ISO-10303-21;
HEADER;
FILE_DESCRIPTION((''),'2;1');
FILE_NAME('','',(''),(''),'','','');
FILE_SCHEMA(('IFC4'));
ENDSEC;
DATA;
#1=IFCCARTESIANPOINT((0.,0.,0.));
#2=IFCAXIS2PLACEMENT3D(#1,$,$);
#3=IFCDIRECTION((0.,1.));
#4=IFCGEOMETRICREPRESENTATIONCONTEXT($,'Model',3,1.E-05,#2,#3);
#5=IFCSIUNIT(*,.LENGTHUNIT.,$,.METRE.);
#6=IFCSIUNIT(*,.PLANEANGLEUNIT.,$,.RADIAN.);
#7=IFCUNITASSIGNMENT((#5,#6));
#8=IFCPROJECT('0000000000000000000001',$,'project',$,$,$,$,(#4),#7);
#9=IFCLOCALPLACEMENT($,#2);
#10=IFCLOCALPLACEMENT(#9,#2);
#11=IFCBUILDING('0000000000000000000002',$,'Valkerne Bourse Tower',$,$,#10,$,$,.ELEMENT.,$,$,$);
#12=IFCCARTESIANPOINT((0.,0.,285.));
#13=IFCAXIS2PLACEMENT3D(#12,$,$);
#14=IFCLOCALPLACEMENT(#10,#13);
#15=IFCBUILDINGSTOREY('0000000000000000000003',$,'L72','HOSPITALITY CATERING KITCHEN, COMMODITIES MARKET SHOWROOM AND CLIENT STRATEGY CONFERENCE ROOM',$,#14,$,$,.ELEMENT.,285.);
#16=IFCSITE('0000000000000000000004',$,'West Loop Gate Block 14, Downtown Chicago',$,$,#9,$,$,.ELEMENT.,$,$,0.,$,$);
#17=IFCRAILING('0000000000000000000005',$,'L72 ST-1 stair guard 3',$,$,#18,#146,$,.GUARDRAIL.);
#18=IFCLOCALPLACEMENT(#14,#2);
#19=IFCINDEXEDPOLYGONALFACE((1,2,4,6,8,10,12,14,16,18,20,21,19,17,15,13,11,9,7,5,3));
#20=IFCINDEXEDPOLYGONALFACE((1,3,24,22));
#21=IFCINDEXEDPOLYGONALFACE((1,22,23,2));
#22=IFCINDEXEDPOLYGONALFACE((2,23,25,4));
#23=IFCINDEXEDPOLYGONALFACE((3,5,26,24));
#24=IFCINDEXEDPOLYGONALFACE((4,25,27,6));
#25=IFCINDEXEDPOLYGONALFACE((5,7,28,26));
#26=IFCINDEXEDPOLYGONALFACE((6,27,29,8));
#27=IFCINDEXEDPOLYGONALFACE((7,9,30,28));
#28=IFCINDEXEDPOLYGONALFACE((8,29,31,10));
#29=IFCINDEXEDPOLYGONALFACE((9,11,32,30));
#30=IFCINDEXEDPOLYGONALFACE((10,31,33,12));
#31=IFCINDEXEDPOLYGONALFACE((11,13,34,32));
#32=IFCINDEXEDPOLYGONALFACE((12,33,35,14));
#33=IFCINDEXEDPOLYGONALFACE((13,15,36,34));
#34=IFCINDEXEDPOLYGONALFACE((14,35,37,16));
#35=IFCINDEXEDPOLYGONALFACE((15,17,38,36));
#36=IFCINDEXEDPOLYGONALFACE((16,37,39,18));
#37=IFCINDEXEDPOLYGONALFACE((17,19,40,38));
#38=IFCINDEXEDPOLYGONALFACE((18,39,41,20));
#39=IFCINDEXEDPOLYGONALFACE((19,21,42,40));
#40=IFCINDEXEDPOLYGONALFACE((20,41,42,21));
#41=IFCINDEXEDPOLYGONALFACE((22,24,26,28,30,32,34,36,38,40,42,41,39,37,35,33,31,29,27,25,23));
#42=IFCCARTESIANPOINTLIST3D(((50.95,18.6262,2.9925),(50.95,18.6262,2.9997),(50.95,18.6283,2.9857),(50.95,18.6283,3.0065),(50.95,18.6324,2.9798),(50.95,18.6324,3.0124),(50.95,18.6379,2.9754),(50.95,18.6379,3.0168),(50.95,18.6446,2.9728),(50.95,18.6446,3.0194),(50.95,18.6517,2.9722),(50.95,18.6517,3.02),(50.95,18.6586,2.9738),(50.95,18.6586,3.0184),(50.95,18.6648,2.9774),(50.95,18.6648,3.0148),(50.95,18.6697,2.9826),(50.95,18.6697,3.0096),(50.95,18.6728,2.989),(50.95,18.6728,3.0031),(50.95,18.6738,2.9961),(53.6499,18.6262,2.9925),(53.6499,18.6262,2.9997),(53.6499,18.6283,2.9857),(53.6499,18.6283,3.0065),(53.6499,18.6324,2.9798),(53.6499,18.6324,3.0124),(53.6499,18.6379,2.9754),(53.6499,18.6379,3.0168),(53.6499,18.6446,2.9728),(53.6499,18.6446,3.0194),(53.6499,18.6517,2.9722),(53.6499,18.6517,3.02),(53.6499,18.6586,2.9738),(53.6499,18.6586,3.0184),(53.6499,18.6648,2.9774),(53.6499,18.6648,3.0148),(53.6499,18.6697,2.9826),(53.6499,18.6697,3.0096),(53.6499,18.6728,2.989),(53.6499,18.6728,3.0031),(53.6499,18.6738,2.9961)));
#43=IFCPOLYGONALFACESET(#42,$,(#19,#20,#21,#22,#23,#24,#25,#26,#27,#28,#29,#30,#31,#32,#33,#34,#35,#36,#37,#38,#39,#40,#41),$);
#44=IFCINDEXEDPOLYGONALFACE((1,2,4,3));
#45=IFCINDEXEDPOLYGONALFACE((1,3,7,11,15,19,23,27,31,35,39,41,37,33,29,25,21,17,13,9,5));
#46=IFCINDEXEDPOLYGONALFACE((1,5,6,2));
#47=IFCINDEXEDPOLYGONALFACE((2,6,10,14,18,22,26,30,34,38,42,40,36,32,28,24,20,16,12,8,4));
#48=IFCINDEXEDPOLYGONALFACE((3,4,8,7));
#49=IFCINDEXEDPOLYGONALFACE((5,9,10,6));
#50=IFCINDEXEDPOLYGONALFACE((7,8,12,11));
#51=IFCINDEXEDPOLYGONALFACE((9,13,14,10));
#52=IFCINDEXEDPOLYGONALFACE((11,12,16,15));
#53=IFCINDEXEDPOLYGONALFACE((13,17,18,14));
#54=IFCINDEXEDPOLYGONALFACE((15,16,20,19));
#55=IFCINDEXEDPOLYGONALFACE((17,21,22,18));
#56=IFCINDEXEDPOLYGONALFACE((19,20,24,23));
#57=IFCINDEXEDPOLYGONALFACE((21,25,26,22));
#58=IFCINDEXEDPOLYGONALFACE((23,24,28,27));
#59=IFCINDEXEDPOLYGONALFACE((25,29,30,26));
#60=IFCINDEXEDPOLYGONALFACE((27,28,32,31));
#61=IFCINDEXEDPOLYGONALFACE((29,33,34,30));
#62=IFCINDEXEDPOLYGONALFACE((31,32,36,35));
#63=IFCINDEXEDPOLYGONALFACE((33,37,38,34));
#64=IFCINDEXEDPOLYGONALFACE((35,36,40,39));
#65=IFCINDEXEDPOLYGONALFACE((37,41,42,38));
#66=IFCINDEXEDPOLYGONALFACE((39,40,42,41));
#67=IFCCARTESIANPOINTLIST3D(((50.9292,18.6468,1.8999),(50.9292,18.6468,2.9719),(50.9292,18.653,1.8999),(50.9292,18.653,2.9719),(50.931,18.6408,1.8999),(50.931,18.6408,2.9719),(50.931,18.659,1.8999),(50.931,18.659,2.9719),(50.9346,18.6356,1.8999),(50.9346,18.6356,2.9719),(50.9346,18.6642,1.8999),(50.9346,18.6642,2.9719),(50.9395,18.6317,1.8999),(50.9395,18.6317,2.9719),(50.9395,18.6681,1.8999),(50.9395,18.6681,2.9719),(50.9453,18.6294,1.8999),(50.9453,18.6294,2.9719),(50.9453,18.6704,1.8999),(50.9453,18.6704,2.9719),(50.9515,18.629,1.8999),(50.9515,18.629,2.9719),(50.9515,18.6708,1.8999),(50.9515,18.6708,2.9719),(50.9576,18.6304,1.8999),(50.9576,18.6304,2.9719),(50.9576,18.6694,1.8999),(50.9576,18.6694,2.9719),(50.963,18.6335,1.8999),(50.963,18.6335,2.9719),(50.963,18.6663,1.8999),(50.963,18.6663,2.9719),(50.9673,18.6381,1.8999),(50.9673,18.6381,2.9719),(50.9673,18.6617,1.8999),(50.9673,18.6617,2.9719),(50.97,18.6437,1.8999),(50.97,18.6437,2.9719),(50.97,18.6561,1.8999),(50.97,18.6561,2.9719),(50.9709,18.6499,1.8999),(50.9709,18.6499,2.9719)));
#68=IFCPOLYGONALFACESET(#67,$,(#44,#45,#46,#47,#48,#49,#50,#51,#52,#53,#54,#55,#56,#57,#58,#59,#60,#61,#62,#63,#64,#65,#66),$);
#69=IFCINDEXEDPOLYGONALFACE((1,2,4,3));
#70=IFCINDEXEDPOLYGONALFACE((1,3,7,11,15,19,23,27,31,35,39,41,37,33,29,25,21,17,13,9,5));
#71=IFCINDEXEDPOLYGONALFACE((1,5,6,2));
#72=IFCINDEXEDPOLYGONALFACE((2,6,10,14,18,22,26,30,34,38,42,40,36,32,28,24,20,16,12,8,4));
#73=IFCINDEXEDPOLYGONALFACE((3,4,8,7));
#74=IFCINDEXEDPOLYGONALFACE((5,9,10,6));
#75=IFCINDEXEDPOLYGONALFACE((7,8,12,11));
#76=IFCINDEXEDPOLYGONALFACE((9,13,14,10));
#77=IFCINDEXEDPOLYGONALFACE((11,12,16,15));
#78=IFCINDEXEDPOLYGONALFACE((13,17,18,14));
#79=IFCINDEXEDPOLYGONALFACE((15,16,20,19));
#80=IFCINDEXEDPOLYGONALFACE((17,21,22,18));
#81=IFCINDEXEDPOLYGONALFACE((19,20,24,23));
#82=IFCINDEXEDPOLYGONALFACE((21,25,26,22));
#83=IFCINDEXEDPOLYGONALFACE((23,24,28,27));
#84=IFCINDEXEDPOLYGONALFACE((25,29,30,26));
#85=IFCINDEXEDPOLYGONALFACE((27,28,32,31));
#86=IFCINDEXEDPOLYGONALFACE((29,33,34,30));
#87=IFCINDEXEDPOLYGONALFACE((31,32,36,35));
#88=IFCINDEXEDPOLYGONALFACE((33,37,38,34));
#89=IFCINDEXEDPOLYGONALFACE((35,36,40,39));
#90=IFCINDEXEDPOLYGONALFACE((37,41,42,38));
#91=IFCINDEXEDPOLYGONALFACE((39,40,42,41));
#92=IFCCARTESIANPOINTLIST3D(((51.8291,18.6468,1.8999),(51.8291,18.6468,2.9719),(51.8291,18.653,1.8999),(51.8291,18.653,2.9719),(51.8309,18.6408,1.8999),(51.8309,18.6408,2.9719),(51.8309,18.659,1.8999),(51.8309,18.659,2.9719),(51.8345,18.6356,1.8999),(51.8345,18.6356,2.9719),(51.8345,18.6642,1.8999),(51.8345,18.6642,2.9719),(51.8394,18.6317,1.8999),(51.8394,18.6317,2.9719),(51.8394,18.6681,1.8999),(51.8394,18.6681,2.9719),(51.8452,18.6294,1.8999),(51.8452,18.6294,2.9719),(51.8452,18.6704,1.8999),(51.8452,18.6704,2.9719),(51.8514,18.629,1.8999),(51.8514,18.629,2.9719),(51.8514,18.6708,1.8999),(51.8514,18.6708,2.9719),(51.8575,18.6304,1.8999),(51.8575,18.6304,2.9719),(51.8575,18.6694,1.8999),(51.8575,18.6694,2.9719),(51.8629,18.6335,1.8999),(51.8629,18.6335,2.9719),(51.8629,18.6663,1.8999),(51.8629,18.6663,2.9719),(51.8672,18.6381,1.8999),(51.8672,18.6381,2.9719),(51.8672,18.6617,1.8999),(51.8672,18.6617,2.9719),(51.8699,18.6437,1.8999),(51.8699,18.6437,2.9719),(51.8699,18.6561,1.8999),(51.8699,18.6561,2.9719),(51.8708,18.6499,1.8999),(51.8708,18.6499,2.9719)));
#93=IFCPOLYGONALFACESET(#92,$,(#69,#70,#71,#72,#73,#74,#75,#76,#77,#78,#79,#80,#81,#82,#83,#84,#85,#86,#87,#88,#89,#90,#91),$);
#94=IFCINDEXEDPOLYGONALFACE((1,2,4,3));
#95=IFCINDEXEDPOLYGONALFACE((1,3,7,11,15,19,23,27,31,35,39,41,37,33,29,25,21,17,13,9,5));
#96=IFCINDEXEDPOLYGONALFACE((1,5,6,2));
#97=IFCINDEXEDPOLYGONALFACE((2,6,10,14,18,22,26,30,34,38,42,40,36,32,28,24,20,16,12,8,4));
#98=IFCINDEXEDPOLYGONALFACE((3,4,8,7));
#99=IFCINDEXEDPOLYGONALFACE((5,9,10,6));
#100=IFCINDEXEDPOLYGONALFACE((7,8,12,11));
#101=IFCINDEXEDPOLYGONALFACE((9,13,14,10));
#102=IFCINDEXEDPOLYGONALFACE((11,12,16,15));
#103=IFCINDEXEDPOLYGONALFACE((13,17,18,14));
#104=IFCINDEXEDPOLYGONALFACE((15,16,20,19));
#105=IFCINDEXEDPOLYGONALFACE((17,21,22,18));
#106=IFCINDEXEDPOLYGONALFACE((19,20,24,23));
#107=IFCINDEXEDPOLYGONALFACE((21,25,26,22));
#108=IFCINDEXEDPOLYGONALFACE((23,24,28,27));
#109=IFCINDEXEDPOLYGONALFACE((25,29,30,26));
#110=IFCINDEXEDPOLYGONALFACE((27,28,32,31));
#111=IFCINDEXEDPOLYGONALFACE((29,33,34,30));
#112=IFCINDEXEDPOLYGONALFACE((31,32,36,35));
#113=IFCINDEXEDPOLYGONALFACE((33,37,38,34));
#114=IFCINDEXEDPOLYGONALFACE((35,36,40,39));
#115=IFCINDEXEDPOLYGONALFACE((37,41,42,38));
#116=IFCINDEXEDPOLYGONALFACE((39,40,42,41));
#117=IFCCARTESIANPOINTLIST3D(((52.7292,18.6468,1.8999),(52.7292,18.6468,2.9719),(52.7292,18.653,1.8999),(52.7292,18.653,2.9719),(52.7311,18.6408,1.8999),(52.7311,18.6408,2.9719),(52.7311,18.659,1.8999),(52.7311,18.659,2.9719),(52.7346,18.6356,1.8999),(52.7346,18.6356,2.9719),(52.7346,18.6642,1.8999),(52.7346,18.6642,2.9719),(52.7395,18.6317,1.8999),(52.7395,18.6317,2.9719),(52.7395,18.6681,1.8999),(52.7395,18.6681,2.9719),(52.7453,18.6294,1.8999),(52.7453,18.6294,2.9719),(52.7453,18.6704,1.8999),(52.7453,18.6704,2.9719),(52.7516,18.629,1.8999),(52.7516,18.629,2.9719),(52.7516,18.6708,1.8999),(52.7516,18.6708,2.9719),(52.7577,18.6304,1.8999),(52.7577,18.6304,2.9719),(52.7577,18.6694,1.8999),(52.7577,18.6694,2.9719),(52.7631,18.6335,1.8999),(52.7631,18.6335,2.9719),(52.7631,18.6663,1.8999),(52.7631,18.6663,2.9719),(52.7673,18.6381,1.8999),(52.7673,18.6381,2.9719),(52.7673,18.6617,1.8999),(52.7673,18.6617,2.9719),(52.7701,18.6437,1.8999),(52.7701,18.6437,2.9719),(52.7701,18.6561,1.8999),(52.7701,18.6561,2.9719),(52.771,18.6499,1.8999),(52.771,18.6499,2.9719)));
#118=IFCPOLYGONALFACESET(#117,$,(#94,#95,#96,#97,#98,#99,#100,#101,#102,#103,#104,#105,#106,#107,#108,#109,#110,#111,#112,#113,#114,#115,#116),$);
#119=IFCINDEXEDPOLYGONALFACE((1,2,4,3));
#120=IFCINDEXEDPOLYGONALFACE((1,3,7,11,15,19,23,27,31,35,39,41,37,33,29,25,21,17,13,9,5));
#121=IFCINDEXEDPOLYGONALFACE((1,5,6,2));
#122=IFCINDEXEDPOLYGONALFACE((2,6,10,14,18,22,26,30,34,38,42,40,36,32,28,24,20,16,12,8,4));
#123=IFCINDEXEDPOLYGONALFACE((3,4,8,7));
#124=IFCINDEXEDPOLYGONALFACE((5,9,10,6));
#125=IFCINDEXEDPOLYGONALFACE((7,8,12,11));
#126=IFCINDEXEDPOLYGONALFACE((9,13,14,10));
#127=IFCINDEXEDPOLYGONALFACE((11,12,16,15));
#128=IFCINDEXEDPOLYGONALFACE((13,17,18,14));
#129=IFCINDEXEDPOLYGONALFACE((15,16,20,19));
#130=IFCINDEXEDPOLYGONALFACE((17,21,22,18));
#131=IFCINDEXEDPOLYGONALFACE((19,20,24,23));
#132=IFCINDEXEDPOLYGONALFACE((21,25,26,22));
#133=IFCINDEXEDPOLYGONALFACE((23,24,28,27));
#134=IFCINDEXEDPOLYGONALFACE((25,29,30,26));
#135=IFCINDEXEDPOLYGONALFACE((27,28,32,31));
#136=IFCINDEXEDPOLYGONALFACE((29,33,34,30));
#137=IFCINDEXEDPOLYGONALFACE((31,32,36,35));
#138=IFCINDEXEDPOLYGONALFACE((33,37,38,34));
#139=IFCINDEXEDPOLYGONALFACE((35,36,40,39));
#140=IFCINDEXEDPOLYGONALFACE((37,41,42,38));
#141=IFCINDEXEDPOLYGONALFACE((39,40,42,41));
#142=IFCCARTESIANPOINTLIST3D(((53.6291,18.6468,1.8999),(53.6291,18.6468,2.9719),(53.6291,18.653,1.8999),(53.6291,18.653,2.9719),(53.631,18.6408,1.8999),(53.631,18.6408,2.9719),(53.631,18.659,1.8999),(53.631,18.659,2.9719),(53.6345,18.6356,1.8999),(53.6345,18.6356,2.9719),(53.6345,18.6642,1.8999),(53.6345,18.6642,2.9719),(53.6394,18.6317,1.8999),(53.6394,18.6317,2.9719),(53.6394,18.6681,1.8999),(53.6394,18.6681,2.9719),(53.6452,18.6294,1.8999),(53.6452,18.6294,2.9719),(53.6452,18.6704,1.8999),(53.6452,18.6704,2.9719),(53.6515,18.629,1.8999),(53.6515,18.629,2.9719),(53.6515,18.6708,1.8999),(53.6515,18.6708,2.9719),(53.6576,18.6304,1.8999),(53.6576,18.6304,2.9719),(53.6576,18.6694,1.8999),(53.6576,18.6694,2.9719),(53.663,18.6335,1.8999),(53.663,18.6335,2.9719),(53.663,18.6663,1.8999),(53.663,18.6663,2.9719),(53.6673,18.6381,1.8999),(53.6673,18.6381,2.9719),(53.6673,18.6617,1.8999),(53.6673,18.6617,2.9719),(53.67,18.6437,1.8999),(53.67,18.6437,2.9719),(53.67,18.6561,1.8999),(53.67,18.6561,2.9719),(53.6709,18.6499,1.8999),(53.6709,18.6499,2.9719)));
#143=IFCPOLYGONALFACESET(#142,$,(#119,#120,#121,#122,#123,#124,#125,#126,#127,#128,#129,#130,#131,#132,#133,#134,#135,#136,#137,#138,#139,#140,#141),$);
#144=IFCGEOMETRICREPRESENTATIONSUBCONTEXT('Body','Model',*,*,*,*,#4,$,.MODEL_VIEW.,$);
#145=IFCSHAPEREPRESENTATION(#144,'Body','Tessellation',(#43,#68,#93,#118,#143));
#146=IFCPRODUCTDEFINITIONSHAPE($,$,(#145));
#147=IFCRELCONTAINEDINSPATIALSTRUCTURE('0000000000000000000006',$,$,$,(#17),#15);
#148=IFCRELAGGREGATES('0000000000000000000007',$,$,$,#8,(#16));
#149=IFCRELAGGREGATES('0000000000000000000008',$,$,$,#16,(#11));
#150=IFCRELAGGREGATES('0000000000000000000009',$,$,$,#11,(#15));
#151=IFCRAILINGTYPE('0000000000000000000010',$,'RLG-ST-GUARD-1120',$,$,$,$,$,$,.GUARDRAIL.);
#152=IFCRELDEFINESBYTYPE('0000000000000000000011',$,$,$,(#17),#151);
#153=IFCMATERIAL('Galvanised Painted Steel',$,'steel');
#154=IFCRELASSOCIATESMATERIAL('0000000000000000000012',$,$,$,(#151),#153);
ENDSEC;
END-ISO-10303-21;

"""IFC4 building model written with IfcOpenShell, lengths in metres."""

from ifc_helpers import new_model, si_unit, direction, frame, origin, origin_2d, place, context, subcontext, project, spatial, circle, extrude, material, type_object, element, save


model = new_model("IFC4")

# Units and contexts
model_context = context("Model", 3, precision=1e-05, world=origin(), true_north=direction((0.0, 1.0)))
body_context = subcontext(model_context, "Body", "Model", "MODEL_VIEW")
ifc_project = project(units=[si_unit("LENGTHUNIT", "METRE"), si_unit("PLANEANGLEUNIT", "RADIAN")], contexts=[model_context])

# Site, building, storey
site_placement = place(None, origin())
site = spatial("IfcSite", under=ifc_project, at=site_placement, Name="West Loop Gate Block 14, Downtown Chicago", CompositionType="ELEMENT", RefElevation=0.0)
building_placement = place(site_placement, origin())
building = spatial("IfcBuilding", under=site, at=building_placement, Name="Valkerne Bourse Tower", CompositionType="ELEMENT")
storey_placement = place(building_placement, frame((0.0, 0.0, 285.0)))
storey = spatial("IfcBuildingStorey", under=building, at=storey_placement, Name="L72", Description="HOSPITALITY CATERING KITCHEN, COMMODITIES MARKET SHOWROOM AND CLIENT STRATEGY CONFERENCE ROOM", CompositionType="ELEMENT", Elevation=285.0)

# Shared definitions
ifc_material_1 = material(Name="Galvanised Painted Steel", Category="steel")

# Railing
railing_type_1 = type_object("IfcRailingType", Name="RLG-ST-GUARD-1120", PredefinedType="GUARDRAIL", material=ifc_material_1)
for number, where, name in (
    (1, (50.95, 18.6499, 1.8999), "L72 ST-1 stair guard 3"),
):
    element("IfcRailing", number, at=place(storey_placement, frame(where)), inside=storey, type_object=railing_type_1, Name=name, PredefinedType="GUARDRAIL", context=body_context, shape_type="SweptSolid", body=[
        extrude(circle(Radius=0.0239, at=origin_2d()), frame((0.0, 0.0, 1.0962), z_axis=(1.0, 0.0, 0.0), x_axis=(0.0, 1.0, 0.0)), (0.0, 0.0, 1.0), 2.7),
        extrude(circle(Radius=0.021, at=origin_2d()), origin(), (0.0, 0.0, 1.0), 1.072),
        extrude(circle(Radius=0.021, at=origin_2d()), frame((0.8999, 0.0, 0.0)), (0.0, 0.0, 1.0), 1.072),
        extrude(circle(Radius=0.021, at=origin_2d()), frame((1.8, 0.0, 0.0)), (0.0, 0.0, 1.0), 1.072),
        extrude(circle(Radius=0.021, at=origin_2d()), frame((2.7, 0.0, 0.0)), (0.0, 0.0, 1.0), 1.072),
    ])

save(model, "model.ifc")
